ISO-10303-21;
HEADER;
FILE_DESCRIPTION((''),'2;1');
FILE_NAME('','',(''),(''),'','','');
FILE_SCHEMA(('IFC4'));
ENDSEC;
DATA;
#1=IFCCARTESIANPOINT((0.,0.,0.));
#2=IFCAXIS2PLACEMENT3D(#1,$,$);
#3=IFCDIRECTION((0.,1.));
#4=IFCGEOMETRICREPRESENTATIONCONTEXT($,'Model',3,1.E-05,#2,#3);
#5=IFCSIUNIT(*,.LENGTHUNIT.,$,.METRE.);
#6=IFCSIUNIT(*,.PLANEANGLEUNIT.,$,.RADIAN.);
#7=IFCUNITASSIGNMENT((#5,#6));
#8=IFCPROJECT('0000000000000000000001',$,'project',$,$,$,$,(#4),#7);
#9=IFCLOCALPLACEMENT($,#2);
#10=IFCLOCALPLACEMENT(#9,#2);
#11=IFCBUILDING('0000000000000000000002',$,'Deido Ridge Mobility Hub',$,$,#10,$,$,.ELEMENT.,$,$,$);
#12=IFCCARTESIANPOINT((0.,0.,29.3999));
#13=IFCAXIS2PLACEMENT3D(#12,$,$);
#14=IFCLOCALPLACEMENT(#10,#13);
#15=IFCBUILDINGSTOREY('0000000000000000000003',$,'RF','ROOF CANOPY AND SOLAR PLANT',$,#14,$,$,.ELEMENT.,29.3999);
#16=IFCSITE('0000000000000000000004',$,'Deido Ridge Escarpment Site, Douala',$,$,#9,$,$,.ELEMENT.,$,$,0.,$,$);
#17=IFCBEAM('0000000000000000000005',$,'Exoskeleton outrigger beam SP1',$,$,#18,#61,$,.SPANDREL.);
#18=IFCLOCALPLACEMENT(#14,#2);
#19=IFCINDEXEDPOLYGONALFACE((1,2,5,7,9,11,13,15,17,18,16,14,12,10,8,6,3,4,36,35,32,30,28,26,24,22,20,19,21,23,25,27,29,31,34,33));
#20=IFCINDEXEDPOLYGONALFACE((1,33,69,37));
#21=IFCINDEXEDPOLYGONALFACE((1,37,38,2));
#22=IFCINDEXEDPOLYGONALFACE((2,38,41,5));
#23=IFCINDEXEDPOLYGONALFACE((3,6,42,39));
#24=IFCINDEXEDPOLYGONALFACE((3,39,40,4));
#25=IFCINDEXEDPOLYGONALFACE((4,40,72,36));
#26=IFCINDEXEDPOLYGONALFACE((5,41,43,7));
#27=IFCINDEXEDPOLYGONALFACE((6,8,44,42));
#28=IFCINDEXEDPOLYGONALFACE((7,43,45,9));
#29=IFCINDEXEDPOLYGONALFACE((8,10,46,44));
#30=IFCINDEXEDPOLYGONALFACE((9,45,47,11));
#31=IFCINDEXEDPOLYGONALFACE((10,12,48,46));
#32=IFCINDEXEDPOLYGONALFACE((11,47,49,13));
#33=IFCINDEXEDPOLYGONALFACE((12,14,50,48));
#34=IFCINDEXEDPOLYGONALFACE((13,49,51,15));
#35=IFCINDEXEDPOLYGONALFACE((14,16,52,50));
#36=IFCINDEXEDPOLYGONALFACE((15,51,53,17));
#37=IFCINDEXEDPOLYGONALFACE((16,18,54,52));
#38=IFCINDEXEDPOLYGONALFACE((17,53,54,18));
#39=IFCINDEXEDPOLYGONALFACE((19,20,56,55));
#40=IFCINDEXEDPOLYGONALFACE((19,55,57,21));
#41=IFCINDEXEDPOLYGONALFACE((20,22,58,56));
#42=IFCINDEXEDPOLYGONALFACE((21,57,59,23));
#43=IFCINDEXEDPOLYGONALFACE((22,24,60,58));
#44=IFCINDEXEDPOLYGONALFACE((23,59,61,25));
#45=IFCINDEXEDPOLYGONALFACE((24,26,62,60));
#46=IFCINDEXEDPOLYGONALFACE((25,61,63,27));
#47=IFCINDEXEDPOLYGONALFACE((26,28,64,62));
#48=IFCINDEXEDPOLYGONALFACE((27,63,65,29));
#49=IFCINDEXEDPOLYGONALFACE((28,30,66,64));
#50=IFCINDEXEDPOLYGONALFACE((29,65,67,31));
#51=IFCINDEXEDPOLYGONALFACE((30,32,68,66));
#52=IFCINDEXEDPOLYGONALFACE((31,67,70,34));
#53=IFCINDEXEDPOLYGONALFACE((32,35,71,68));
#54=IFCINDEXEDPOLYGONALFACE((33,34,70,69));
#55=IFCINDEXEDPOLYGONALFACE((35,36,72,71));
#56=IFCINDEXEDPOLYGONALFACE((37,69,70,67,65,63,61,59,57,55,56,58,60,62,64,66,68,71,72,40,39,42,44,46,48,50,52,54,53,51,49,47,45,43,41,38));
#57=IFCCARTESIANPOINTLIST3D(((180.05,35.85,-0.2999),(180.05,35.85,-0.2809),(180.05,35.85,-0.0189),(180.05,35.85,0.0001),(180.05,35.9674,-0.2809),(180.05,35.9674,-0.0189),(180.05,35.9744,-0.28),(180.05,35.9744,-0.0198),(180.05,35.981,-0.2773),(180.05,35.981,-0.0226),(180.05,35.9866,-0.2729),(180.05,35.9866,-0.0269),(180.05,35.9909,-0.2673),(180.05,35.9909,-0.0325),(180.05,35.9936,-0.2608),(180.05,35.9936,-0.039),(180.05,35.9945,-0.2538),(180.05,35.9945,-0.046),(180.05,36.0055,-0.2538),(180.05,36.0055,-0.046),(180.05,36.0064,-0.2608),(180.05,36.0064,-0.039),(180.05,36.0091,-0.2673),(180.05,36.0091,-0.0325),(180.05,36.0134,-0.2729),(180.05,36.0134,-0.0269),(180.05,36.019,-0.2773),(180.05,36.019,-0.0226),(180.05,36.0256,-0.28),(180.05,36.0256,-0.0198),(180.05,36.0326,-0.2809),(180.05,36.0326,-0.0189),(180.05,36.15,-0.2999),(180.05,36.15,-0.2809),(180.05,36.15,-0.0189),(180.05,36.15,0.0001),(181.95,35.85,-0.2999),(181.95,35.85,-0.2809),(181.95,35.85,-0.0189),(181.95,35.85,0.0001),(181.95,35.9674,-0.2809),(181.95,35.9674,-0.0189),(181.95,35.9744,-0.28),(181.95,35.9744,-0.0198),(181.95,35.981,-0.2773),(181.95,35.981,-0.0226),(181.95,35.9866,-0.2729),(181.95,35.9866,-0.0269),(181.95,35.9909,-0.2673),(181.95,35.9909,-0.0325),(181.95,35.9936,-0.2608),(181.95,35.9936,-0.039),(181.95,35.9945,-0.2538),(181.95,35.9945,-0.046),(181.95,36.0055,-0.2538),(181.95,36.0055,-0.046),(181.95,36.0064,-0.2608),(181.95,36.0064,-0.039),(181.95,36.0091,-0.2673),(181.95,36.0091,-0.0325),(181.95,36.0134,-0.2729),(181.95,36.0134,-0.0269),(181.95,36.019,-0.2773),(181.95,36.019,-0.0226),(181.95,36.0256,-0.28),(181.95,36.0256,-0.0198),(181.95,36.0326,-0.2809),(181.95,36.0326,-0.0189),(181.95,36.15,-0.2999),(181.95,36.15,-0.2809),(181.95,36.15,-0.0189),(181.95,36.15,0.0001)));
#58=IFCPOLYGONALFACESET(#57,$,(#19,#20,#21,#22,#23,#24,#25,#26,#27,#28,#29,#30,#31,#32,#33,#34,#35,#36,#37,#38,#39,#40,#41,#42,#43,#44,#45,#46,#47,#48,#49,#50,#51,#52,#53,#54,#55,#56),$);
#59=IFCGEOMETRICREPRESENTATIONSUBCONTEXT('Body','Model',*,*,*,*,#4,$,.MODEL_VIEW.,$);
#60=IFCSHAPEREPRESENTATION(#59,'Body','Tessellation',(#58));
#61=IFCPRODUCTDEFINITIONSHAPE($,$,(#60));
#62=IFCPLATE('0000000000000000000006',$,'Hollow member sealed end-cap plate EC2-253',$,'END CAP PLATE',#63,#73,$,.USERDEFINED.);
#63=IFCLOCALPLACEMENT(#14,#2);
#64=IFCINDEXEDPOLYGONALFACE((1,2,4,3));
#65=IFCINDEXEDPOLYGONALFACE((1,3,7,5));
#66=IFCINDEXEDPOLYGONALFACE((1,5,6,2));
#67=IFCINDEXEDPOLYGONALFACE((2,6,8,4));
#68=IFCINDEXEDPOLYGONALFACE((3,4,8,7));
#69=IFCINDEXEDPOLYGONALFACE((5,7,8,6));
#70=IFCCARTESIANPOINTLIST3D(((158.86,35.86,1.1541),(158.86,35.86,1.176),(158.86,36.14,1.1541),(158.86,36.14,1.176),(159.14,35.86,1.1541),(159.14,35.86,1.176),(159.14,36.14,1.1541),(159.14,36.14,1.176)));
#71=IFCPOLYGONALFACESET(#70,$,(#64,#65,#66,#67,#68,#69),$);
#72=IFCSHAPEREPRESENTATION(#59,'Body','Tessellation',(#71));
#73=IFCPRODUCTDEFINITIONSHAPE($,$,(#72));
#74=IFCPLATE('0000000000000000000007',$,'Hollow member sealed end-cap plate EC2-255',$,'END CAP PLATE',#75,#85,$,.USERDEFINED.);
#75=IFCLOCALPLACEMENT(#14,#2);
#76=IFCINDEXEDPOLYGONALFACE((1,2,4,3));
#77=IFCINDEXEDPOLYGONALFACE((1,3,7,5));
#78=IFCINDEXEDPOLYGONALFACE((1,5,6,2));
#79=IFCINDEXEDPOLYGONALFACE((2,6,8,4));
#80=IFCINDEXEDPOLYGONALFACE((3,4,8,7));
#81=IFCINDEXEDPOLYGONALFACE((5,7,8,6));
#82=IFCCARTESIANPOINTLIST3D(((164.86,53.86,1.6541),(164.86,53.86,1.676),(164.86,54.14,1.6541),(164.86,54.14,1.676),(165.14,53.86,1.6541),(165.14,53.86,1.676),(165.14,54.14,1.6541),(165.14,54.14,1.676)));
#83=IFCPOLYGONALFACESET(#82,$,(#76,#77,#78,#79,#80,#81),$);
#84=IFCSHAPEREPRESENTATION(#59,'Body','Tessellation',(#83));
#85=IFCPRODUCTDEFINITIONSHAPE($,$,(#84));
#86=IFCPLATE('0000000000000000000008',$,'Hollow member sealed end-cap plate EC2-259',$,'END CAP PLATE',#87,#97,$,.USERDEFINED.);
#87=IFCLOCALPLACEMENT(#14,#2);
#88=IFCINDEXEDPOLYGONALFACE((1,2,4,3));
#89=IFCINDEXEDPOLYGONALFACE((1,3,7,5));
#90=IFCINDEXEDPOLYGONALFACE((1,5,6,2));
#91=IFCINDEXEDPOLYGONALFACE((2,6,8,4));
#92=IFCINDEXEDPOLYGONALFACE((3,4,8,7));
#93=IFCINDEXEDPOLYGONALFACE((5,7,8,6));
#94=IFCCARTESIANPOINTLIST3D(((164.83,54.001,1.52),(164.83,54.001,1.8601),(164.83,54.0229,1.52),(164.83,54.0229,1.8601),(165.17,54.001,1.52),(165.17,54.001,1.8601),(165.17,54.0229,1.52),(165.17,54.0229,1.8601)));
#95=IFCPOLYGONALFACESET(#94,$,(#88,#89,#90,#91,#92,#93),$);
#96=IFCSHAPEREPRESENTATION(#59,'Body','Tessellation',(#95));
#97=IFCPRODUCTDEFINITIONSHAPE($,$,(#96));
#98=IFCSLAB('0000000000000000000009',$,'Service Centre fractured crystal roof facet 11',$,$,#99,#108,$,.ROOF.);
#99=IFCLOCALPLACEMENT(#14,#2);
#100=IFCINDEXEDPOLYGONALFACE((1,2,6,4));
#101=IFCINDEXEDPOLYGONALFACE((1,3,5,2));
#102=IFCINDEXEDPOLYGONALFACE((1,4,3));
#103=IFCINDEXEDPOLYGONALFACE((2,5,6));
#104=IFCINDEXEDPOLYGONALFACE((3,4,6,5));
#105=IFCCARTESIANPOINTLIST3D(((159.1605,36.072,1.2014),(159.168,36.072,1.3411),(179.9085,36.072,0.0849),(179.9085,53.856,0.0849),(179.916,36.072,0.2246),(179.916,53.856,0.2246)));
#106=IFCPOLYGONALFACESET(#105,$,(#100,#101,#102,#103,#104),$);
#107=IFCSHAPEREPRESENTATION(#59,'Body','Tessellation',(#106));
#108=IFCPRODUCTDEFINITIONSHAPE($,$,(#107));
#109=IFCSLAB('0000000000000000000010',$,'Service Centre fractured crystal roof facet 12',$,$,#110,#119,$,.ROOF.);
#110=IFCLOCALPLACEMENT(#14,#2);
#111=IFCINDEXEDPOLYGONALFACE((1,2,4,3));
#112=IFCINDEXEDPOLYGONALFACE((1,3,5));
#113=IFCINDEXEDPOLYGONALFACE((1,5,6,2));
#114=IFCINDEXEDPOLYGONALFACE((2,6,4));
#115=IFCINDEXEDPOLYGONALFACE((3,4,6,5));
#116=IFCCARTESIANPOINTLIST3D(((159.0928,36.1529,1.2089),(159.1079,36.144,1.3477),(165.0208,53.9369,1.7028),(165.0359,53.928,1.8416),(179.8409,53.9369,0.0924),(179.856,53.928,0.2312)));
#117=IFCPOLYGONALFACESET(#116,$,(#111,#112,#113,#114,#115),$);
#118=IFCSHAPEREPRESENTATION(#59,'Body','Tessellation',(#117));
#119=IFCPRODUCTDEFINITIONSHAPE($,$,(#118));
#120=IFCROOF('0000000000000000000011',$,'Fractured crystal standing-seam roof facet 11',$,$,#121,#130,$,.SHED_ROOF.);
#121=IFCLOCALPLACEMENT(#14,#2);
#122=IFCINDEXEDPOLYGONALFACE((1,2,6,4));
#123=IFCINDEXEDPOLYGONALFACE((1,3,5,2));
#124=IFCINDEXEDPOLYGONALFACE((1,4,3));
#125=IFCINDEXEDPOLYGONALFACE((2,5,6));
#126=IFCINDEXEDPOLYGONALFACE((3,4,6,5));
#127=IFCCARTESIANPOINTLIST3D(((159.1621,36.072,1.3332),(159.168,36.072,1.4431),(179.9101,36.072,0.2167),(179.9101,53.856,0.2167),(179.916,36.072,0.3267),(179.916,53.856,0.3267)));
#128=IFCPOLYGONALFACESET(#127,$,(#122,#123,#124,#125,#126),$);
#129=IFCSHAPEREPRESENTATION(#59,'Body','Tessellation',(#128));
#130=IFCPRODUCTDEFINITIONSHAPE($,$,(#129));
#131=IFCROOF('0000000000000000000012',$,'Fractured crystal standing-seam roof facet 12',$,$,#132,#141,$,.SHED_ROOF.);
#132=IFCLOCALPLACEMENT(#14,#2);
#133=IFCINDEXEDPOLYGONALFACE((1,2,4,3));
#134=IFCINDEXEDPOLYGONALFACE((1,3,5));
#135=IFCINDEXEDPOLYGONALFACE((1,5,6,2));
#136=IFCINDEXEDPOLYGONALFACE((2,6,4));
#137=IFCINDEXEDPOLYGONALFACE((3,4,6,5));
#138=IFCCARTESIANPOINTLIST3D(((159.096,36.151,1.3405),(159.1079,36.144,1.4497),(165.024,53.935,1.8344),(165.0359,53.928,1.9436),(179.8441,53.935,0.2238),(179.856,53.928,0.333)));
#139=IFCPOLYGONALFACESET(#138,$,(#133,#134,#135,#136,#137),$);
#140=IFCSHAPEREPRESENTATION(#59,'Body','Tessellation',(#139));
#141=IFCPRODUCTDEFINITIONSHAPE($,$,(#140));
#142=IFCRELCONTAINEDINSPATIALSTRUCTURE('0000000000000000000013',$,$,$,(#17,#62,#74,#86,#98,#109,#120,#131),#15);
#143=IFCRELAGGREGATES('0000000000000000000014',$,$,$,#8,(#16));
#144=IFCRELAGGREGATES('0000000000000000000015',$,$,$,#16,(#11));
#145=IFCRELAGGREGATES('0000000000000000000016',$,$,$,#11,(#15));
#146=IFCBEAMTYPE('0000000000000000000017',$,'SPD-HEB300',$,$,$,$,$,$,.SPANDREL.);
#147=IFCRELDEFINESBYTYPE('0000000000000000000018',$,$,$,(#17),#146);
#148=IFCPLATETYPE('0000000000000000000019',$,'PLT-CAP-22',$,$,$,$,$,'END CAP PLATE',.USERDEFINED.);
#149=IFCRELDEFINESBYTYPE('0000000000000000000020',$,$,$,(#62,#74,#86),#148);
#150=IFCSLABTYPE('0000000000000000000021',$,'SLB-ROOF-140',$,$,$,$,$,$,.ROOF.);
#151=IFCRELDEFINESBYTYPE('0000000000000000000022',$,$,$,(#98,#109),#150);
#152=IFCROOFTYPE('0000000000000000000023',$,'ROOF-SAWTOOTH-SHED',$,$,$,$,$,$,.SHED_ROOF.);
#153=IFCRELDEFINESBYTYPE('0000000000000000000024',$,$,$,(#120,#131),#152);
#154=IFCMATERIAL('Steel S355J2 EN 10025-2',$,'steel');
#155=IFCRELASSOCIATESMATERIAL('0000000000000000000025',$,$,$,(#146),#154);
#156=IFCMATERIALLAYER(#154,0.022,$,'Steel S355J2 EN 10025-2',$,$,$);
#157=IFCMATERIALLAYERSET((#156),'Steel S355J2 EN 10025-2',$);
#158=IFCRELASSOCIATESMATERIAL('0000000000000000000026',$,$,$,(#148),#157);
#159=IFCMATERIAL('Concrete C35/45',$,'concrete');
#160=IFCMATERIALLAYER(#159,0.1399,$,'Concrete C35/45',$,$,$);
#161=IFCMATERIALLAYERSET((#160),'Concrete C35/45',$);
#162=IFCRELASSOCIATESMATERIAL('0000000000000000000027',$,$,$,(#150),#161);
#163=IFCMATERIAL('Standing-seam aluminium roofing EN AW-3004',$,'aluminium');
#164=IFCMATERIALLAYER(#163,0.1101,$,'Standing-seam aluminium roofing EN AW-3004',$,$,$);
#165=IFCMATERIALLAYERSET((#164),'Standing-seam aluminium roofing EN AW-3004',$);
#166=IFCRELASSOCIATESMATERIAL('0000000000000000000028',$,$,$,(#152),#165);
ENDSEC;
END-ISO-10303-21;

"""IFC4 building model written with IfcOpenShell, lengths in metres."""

from ifc_helpers import new_model, si_unit, direction, frame, origin, origin_2d, place, context, subcontext, project, spatial, polyline, rectangle, i_section, outline, extrude, material, layer, layer_set, material_profile, profile_set, type_object, element, save


model = new_model("IFC4")

# Units and contexts
model_context = context("Model", 3, precision=1e-05, world=origin(), true_north=direction((0.0, 1.0)))
body_context = subcontext(model_context, "Body", "Model", "MODEL_VIEW")
ifc_project = project(units=[si_unit("LENGTHUNIT", "METRE"), si_unit("PLANEANGLEUNIT", "RADIAN")], contexts=[model_context])

# Site, building, storey
site_placement = place(None, origin())
site = spatial("IfcSite", under=ifc_project, at=site_placement, Name="Deido Ridge Escarpment Site, Douala", CompositionType="ELEMENT", RefElevation=0.0)
building_placement = place(site_placement, origin())
building = spatial("IfcBuilding", under=site, at=building_placement, Name="Deido Ridge Mobility Hub", CompositionType="ELEMENT")
storey_placement = place(building_placement, frame((0.0, 0.0, 29.3999)))
storey = spatial("IfcBuildingStorey", under=building, at=storey_placement, Name="RF", Description="ROOF CANOPY AND SOLAR PLANT", CompositionType="ELEMENT", Elevation=29.3999)

# Shared definitions
ifc_material_1 = material(Name="Steel S355J2 EN 10025-2", Category="steel")

# Beam
ifc_material_profile_1 = material_profile(ifc_material_1, i_section(OverallWidth=0.3, OverallDepth=0.3, WebThickness=0.011, FlangeThickness=0.019, FilletRadius=0.0271, at=origin_2d()), Name="HEB 300")
ifc_profile_set_1 = profile_set([ifc_material_profile_1], Name="Steel S355J2 EN 10025-2")
beam_type_1 = type_object("IfcBeamType", Name="SPD-HEB300", PredefinedType="SPANDREL", material=ifc_profile_set_1)
for number, where, z_axis, x_axis, name in (
    (1, (180.05, 36.0, -0.1499), (1.0, 0.0, 0.0), (0.0, 1.0, 0.0), "Exoskeleton outrigger beam SP1"),
):
    element("IfcBeam", number, at=place(storey_placement, frame(where, z_axis=z_axis, x_axis=x_axis)), inside=storey, type_object=beam_type_1, Name=name, PredefinedType="SPANDREL", context=body_context, shape_type="SweptSolid", body=[
        extrude(i_section(OverallWidth=0.3, OverallDepth=0.3, WebThickness=0.011, FlangeThickness=0.019, FilletRadius=0.0271, at=origin_2d()), origin(), (0.0, 0.0, 1.0), 1.8999),
    ])

# Plates
ifc_layer_1 = layer(ifc_material_1, 0.022, Name="Steel S355J2 EN 10025-2")
ifc_layer_set_1 = layer_set([ifc_layer_1], Name="Steel S355J2 EN 10025-2")
plate_type = type_object("IfcPlateType", Name="PLT-CAP-22", ElementType="END CAP PLATE", PredefinedType="USERDEFINED", material=ifc_layer_set_1)
for number, where, z_axis, x_axis, name in (
    (2, (159.0, 36.0, 1.1541), (0.0, 0.0, 1.0), (1.0, 0.0, 0.0), "Hollow member sealed end-cap plate EC2-253"),
    (3, (165.0, 54.0, 1.6541), (0.0, 0.0, 1.0), (1.0, 0.0, 0.0), "Hollow member sealed end-cap plate EC2-255"),
):
    element("IfcPlate", number, at=place(storey_placement, frame(where, z_axis=z_axis, x_axis=x_axis)), inside=storey, type_object=plate_type, Name=name, ObjectType="END CAP PLATE", PredefinedType="USERDEFINED", context=body_context, shape_type="SweptSolid", body=[
        extrude(rectangle(XDim=0.28, YDim=0.28, at=origin_2d()), origin(), (0.0, 0.0, 1.0), 0.022),
    ])
plate_placement = place(storey_placement, frame((165.0, 54.012, 1.52), z_axis=(0.0, 0.0, 1.0), x_axis=(1.0, 0.0, 0.0)))
element("IfcPlate", 4, at=plate_placement, inside=storey, type_object=plate_type, Name="Hollow member sealed end-cap plate EC2-259", ObjectType="END CAP PLATE", PredefinedType="USERDEFINED", context=body_context, shape_type="SweptSolid", body=[
    extrude(rectangle(XDim=0.3401, YDim=0.022, at=origin_2d()), origin(), (0.0, 0.0, 1.0), 0.3401),
])

# Slabs
ifc_material_2 = material(Name="Concrete C35/45", Category="concrete")
ifc_layer_2 = layer(ifc_material_2, 0.1399, Name="Concrete C35/45")
ifc_layer_set_2 = layer_set([ifc_layer_2], Name="Concrete C35/45")
slab_type = type_object("IfcSlabType", Name="SLB-ROOF-140", PredefinedType="ROOF", material=ifc_layer_set_2)
slab_1_placement = place(storey_placement, frame((159.168, 36.072, 1.3411), z_axis=(0.053732, 0.0, 0.998555), x_axis=(0.998555, 0.0, -0.053732)))
element("IfcSlab", 5, at=slab_1_placement, inside=storey, type_object=slab_type, Name="Service Centre fractured crystal roof facet 11", PredefinedType="ROOF", context=body_context, shape_type="SweptSolid", body=[
    extrude(outline(polyline([(0.0, 0.0), (20.7781, 0.0), (20.7781, 17.7839), (0.0, 0.0)])), origin(), (0.0, 0.0, -1.0), 0.1399),
])
slab_2_placement = place(storey_placement, frame((159.1079, 36.144, 1.3477), z_axis=(0.107806, -0.063489, 0.992143), x_axis=(0.758626, 0.650247, -0.040822)))
element("IfcSlab", 6, at=slab_2_placement, inside=storey, type_object=slab_type, Name="Service Centre fractured crystal roof facet 12", PredefinedType="ROOF", context=body_context, shape_type="SweptSolid", body=[
    extrude(outline(polyline([(0.0, 0.0), (27.3495, 0.0), (16.0409, 9.713), (0.0, 0.0)])), origin(), (0.0, 0.0, -1.0), 0.1399),
])

# Roofs
ifc_material_3 = material(Name="Standing-seam aluminium roofing EN AW-3004", Category="aluminium")
ifc_layer_3 = layer(ifc_material_3, 0.1101, Name="Standing-seam aluminium roofing EN AW-3004")
ifc_layer_set_3 = layer_set([ifc_layer_3], Name="Standing-seam aluminium roofing EN AW-3004")
roof_type = type_object("IfcRoofType", Name="ROOF-SAWTOOTH-SHED", PredefinedType="SHED_ROOF", material=ifc_layer_set_3)
roof_1_placement = place(storey_placement, frame((159.168, 36.072, 1.4431), z_axis=(0.053732, 0.0, 0.998555), x_axis=(0.998555, 0.0, -0.053732)))
element("IfcRoof", 7, at=roof_1_placement, inside=storey, type_object=roof_type, Name="Fractured crystal standing-seam roof facet 11", PredefinedType="SHED_ROOF", context=body_context, shape_type="SweptSolid", body=[
    extrude(outline(polyline([(0.0, 0.0), (20.7781, 0.0), (20.7781, 17.7839), (0.0, 0.0)])), origin(), (0.0, 0.0, -1.0), 0.1101),
])
roof_2_placement = place(storey_placement, frame((159.1079, 36.144, 1.4497), z_axis=(0.107823, -0.063495, 0.99214), x_axis=(0.758625, 0.650246, -0.040831)))
element("IfcRoof", 8, at=roof_2_placement, inside=storey, type_object=roof_type, Name="Fractured crystal standing-seam roof facet 12", PredefinedType="SHED_ROOF", context=body_context, shape_type="SweptSolid", body=[
    extrude(outline(polyline([(0.0, 0.0), (27.3495, 0.0), (16.0409, 9.713), (0.0, 0.0)])), origin(), (0.0, 0.0, -1.0), 0.1101),
])

save(model, "model.ifc")
